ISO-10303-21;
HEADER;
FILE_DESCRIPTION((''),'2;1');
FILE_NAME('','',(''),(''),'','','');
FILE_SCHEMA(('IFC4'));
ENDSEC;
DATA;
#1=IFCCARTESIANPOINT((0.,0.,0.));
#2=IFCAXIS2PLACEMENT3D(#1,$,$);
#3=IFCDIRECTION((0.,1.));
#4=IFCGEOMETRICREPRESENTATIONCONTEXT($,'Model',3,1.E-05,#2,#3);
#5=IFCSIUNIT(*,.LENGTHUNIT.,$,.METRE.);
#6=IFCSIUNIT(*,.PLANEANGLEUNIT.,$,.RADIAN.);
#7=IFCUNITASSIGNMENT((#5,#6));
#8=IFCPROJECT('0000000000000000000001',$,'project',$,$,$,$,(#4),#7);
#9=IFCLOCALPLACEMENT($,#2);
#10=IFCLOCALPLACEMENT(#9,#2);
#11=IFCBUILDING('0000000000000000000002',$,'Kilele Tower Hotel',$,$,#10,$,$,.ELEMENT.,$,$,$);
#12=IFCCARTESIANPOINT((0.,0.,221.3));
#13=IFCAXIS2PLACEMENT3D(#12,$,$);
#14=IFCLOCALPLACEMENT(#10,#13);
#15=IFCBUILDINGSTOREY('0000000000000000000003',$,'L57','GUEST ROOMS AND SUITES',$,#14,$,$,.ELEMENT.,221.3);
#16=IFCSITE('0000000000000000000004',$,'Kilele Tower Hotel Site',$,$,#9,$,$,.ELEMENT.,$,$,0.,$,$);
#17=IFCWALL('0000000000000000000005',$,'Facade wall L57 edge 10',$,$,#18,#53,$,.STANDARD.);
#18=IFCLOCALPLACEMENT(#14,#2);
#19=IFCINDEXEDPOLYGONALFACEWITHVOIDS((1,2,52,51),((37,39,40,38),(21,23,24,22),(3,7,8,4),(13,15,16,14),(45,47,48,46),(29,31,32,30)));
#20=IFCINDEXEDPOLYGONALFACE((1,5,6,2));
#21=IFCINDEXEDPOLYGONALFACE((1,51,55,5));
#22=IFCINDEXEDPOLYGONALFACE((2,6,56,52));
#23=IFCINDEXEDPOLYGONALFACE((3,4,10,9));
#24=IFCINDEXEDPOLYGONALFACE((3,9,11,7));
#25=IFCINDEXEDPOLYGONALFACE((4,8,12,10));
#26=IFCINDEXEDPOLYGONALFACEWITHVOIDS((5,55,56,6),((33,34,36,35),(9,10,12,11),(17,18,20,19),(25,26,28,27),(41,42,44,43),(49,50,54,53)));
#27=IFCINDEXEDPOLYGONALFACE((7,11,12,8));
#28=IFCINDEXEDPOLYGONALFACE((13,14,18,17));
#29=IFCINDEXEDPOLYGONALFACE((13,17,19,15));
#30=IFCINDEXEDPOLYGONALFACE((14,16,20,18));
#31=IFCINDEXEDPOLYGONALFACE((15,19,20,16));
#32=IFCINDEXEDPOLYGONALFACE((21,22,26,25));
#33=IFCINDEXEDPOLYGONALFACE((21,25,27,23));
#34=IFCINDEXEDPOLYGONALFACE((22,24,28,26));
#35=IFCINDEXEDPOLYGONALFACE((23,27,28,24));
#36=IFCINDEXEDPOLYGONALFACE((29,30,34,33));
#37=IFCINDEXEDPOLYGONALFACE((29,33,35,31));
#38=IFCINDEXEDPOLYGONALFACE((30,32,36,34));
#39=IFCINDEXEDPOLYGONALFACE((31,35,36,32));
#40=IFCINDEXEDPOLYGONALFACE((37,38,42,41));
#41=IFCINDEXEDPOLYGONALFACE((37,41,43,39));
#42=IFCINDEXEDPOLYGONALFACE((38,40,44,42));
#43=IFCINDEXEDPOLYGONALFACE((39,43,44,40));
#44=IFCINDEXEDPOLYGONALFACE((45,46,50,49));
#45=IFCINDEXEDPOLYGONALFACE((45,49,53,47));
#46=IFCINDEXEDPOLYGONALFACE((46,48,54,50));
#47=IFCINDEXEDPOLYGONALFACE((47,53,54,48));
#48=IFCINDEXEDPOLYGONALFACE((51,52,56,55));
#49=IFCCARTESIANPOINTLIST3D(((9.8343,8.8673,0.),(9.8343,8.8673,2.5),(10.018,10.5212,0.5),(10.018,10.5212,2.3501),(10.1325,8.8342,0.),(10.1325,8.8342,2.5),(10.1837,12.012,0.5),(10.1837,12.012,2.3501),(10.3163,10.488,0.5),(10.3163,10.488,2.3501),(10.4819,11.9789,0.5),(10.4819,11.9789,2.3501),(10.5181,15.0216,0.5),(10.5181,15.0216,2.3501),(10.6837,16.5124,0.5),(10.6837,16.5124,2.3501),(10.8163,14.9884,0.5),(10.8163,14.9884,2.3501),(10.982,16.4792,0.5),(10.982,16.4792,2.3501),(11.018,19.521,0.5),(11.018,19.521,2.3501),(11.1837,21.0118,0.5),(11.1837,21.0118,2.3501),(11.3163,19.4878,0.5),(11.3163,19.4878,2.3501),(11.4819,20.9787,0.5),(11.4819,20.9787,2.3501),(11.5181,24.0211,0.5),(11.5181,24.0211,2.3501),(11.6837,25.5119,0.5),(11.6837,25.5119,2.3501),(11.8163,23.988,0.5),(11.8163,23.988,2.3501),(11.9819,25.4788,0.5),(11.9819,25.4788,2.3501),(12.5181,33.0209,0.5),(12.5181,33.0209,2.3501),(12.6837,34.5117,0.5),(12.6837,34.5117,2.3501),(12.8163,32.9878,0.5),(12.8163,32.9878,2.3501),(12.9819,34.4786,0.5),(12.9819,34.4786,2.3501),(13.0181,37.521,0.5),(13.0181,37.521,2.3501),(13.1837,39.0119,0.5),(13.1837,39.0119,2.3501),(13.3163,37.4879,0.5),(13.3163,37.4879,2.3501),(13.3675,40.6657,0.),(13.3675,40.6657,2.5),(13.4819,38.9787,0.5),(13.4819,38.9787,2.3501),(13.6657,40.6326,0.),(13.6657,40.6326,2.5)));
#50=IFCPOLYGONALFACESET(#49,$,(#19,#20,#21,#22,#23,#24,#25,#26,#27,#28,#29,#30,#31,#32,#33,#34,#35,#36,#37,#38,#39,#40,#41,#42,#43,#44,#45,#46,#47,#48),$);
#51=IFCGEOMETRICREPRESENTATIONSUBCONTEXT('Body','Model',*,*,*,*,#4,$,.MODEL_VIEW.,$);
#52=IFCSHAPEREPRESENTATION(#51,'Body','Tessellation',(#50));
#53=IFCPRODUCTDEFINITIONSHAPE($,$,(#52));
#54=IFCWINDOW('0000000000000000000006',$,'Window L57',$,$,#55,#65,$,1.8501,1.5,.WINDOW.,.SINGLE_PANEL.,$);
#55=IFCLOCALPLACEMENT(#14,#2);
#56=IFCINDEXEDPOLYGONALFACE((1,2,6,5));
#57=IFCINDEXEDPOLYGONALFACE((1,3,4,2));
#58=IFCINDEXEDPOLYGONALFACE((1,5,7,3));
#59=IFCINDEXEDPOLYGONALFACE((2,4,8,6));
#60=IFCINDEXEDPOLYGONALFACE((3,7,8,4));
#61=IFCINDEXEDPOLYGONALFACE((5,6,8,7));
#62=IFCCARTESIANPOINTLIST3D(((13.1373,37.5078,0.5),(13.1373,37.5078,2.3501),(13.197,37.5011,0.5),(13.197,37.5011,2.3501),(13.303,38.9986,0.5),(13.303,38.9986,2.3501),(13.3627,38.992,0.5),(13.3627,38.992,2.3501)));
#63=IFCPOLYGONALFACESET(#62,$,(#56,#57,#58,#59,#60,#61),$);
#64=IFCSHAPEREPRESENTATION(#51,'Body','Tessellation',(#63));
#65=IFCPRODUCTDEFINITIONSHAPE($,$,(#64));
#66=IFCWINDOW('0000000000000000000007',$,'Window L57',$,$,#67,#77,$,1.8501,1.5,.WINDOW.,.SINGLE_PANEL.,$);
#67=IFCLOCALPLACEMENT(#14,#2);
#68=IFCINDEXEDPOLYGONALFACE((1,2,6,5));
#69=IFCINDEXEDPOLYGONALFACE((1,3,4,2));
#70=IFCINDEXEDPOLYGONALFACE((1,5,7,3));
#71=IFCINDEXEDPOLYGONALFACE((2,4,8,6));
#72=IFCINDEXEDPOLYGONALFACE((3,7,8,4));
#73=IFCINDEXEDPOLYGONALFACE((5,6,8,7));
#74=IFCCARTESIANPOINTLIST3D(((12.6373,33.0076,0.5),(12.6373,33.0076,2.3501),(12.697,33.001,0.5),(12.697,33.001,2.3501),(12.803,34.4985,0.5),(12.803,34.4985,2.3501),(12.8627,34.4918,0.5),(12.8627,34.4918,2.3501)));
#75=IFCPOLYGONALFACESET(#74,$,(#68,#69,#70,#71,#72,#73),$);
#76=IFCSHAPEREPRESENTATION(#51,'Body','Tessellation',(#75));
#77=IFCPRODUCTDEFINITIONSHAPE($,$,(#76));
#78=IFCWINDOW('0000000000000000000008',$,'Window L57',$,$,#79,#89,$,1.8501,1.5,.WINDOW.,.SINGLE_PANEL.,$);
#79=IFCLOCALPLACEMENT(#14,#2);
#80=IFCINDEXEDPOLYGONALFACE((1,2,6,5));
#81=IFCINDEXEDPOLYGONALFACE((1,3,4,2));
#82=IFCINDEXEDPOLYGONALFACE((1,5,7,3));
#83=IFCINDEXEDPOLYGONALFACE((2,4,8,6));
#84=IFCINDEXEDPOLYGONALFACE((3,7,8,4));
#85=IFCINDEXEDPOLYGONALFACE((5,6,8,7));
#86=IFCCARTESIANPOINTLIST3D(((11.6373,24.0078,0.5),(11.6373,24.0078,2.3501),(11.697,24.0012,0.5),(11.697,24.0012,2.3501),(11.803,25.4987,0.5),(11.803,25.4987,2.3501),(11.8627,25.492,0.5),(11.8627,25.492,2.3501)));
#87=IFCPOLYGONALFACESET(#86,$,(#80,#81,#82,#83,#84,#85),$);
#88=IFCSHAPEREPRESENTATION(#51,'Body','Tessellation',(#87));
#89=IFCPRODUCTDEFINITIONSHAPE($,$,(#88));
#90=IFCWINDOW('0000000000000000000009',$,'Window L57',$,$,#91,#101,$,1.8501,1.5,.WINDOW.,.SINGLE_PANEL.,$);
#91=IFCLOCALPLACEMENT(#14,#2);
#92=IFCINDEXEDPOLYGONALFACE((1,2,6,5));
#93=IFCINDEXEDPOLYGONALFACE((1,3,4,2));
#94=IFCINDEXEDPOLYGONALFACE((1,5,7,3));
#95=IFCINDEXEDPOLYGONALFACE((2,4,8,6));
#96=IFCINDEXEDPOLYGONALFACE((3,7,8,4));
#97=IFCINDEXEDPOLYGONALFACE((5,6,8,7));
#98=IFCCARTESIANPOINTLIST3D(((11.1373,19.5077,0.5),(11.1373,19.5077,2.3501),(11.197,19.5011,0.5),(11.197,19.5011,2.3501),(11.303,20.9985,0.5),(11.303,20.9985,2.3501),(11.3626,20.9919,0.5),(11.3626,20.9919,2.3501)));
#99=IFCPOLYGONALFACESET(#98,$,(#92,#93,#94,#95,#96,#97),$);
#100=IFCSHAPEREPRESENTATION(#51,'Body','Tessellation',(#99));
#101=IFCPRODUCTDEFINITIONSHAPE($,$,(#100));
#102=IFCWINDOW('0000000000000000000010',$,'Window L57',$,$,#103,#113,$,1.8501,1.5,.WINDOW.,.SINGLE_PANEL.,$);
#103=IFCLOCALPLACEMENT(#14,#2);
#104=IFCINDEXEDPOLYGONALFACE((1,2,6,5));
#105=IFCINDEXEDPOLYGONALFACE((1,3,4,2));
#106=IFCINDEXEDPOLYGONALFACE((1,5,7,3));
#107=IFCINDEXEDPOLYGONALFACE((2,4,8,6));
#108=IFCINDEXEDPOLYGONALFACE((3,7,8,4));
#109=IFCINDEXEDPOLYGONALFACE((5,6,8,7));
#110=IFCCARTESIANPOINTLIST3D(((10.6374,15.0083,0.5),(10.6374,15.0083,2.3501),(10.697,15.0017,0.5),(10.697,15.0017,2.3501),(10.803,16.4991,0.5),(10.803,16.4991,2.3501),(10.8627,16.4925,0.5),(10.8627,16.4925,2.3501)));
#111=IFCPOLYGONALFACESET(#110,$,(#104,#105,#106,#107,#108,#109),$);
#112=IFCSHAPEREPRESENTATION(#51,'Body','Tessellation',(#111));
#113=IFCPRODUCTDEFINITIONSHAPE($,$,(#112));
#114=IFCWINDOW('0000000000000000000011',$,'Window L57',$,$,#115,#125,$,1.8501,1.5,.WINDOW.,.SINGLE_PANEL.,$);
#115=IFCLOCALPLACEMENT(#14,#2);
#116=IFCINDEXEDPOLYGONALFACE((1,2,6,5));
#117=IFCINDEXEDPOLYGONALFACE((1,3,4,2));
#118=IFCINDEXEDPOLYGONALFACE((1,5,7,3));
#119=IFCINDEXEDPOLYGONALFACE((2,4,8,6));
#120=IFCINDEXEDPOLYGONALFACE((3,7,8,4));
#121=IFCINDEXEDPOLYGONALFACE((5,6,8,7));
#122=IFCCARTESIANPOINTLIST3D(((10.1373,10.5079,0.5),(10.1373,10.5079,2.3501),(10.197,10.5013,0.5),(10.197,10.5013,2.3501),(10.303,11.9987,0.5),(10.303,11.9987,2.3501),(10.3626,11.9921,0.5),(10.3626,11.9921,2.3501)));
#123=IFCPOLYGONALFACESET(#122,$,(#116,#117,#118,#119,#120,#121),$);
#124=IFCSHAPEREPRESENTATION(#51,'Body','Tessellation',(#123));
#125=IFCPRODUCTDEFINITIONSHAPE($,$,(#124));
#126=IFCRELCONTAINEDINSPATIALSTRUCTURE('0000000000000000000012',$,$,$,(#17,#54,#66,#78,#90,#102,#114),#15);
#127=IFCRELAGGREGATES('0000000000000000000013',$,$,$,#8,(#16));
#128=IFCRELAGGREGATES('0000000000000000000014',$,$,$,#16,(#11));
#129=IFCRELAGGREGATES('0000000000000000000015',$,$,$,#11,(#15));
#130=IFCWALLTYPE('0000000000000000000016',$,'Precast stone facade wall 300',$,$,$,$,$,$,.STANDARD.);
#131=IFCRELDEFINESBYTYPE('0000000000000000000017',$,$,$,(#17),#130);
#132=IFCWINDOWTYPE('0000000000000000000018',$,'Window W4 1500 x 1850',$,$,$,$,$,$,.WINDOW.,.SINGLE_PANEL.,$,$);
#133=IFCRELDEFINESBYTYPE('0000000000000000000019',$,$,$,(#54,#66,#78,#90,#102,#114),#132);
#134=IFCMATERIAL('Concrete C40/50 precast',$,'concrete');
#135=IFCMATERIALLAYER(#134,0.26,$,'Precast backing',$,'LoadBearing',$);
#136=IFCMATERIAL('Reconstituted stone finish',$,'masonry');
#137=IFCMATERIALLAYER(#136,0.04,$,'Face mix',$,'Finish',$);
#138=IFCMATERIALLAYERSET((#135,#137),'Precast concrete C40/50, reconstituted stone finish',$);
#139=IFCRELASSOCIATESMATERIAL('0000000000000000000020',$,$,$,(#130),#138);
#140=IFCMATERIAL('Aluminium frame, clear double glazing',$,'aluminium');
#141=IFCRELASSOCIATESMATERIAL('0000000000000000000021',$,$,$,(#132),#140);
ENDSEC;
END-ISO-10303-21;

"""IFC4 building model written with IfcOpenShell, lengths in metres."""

from ifc_helpers import new_model, si_unit, direction, frame, frame_2d, origin, place, context, subcontext, project, spatial, rectangle, extrude, material, layer, layer_set, type_object, element, fill, save


model = new_model("IFC4")

# Units and contexts
model_context = context("Model", 3, precision=1e-05, world=origin(), true_north=direction((0.0, 1.0)))
body_context = subcontext(model_context, "Body", "Model", "MODEL_VIEW")
ifc_project = project(units=[si_unit("LENGTHUNIT", "METRE"), si_unit("PLANEANGLEUNIT", "RADIAN")], contexts=[model_context])

# Site, building, storey
site_placement = place(None, origin())
site = spatial("IfcSite", under=ifc_project, at=site_placement, Name="Kilele Tower Hotel Site", CompositionType="ELEMENT", RefElevation=0.0)
building_placement = place(site_placement, origin())
building = spatial("IfcBuilding", under=site, at=building_placement, Name="Kilele Tower Hotel", CompositionType="ELEMENT")
storey_placement = place(building_placement, frame((0.0, 0.0, 221.3)))
storey = spatial("IfcBuildingStorey", under=building, at=storey_placement, Name="L57", Description="GUEST ROOMS AND SUITES", CompositionType="ELEMENT", Elevation=221.3)

# Wall, openings, windows
ifc_material_1 = material(Name="Concrete C40/50 precast", Category="concrete")
ifc_layer_1 = layer(ifc_material_1, 0.26, Name="Precast backing", Category="LoadBearing")
ifc_material_2 = material(Name="Reconstituted stone finish", Category="masonry")
ifc_layer_2 = layer(ifc_material_2, 0.04, Name="Face mix", Category="Finish")
ifc_layer_set_1 = layer_set([ifc_layer_1, ifc_layer_2], Name="Precast concrete C40/50, reconstituted stone finish")
wall_type_1 = type_object("IfcWallType", Name="Precast stone facade wall 300", PredefinedType="STANDARD", material=ifc_layer_set_1)
wall_1_placement = place(storey_placement, frame((13.5166, 40.6492, 0.0), z_axis=(0.0, 0.0, 1.0), x_axis=(-0.110433, -0.993884, 0.0)))
wall_1 = element("IfcWall", 1, at=wall_1_placement, inside=storey, type_object=wall_type_1, Name="Facade wall L57 edge 10", PredefinedType="STANDARD", context=body_context, shape_type="SweptSolid", body=[
    extrude(rectangle(XDim=31.9941, YDim=0.3, at=frame_2d((15.9971, 0.0))), origin(), (0.0, 0.0, 1.0), 2.5),
])
opening_1_placement = place(wall_1_placement, frame((1.6641, 0.0, 0.5)))
opening_1 = element("IfcOpeningElement", 2, at=opening_1_placement, cuts=wall_1, PredefinedType="OPENING", context=body_context, shape_type="SweptSolid", body=[
    extrude(rectangle(XDim=1.5, YDim=1.8501, at=frame_2d((0.75, 0.925))), frame((0.0, 0.1599, 0.0), z_axis=(0.0, -1.0, 0.0), x_axis=(1.0, 0.0, 0.0)), (0.0, 0.0, 1.0), 0.3201),
])
opening_2_placement = place(wall_1_placement, frame((6.1919, 0.0, 0.5)))
opening_2 = element("IfcOpeningElement", 3, at=opening_2_placement, cuts=wall_1, PredefinedType="OPENING", context=body_context, shape_type="SweptSolid", body=[
    extrude(rectangle(XDim=1.5, YDim=1.8501, at=frame_2d((0.75, 0.925))), frame((0.0, 0.1599, 0.0), z_axis=(0.0, -1.0, 0.0), x_axis=(1.0, 0.0, 0.0)), (0.0, 0.0, 1.0), 0.3201),
])
opening_3_placement = place(wall_1_placement, frame((15.2471, 0.0, 0.5)))
opening_3 = element("IfcOpeningElement", 4, at=opening_3_placement, cuts=wall_1, PredefinedType="OPENING", context=body_context, shape_type="SweptSolid", body=[
    extrude(rectangle(XDim=1.5, YDim=1.8501, at=frame_2d((0.75, 0.925))), frame((0.0, 0.1599, 0.0), z_axis=(0.0, -1.0, 0.0), x_axis=(1.0, 0.0, 0.0)), (0.0, 0.0, 1.0), 0.3201),
])
opening_4_placement = place(wall_1_placement, frame((19.7749, 0.0, 0.5)))
opening_4 = element("IfcOpeningElement", 5, at=opening_4_placement, cuts=wall_1, PredefinedType="OPENING", context=body_context, shape_type="SweptSolid", body=[
    extrude(rectangle(XDim=1.5, YDim=1.8501, at=frame_2d((0.75, 0.925))), frame((0.0, 0.1599, 0.0), z_axis=(0.0, -1.0, 0.0), x_axis=(1.0, 0.0, 0.0)), (0.0, 0.0, 1.0), 0.3201),
])
opening_5_placement = place(wall_1_placement, frame((24.302, 0.0, 0.5)))
opening_5 = element("IfcOpeningElement", 6, at=opening_5_placement, cuts=wall_1, PredefinedType="OPENING", context=body_context, shape_type="SweptSolid", body=[
    extrude(rectangle(XDim=1.5, YDim=1.8501, at=frame_2d((0.75, 0.925))), frame((0.0, 0.1599, 0.0), z_axis=(0.0, -1.0, 0.0), x_axis=(1.0, 0.0, 0.0)), (0.0, 0.0, 1.0), 0.3201),
])
opening_6_placement = place(wall_1_placement, frame((28.8301, 0.0, 0.5)))
opening_6 = element("IfcOpeningElement", 7, at=opening_6_placement, cuts=wall_1, PredefinedType="OPENING", context=body_context, shape_type="SweptSolid", body=[
    extrude(rectangle(XDim=1.5, YDim=1.8501, at=frame_2d((0.75, 0.925))), frame((0.0, 0.1599, 0.0), z_axis=(0.0, -1.0, 0.0), x_axis=(1.0, 0.0, 0.0)), (0.0, 0.0, 1.0), 0.3201),
])
ifc_material_3 = material(Name="Aluminium frame, clear double glazing", Category="aluminium")
window_type = type_object("IfcWindowType", Name="Window W4 1500 x 1850", PartitioningType="SINGLE_PANEL", PredefinedType="WINDOW", material=ifc_material_3)
window_1_placement = place(opening_1_placement, origin())
window_1 = element("IfcWindow", 8, at=window_1_placement, inside=storey, type_object=window_type, Name="Window L57", OverallHeight=1.8501, OverallWidth=1.5, PartitioningType="SINGLE_PANEL", PredefinedType="WINDOW", context=body_context, shape_type="SweptSolid", body=[
    extrude(rectangle(XDim=1.5, YDim=1.8501, at=frame_2d((0.75, 0.925))), frame((0.0, 0.03, 0.0), z_axis=(0.0, -1.0, 0.0), x_axis=(1.0, 0.0, 0.0)), (0.0, 0.0, 1.0), 0.0601),
])
fill(opening_1, window_1)
window_2_placement = place(opening_2_placement, origin())
window_2 = element("IfcWindow", 9, at=window_2_placement, inside=storey, type_object=window_type, Name="Window L57", OverallHeight=1.8501, OverallWidth=1.5, PartitioningType="SINGLE_PANEL", PredefinedType="WINDOW", context=body_context, shape_type="SweptSolid", body=[
    extrude(rectangle(XDim=1.5, YDim=1.8501, at=frame_2d((0.75, 0.925))), frame((0.0, 0.03, 0.0), z_axis=(0.0, -1.0, 0.0), x_axis=(1.0, 0.0, 0.0)), (0.0, 0.0, 1.0), 0.0601),
])
fill(opening_2, window_2)
window_3_placement = place(opening_3_placement, origin())
window_3 = element("IfcWindow", 10, at=window_3_placement, inside=storey, type_object=window_type, Name="Window L57", OverallHeight=1.8501, OverallWidth=1.5, PartitioningType="SINGLE_PANEL", PredefinedType="WINDOW", context=body_context, shape_type="SweptSolid", body=[
    extrude(rectangle(XDim=1.5, YDim=1.8501, at=frame_2d((0.75, 0.925))), frame((0.0, 0.03, 0.0), z_axis=(0.0, -1.0, 0.0), x_axis=(1.0, 0.0, 0.0)), (0.0, 0.0, 1.0), 0.0601),
])
fill(opening_3, window_3)
window_4_placement = place(opening_4_placement, origin())
window_4 = element("IfcWindow", 11, at=window_4_placement, inside=storey, type_object=window_type, Name="Window L57", OverallHeight=1.8501, OverallWidth=1.5, PartitioningType="SINGLE_PANEL", PredefinedType="WINDOW", context=body_context, shape_type="SweptSolid", body=[
    extrude(rectangle(XDim=1.5, YDim=1.8501, at=frame_2d((0.75, 0.925))), frame((0.0, 0.03, 0.0), z_axis=(0.0, -1.0, 0.0), x_axis=(1.0, 0.0, 0.0)), (0.0, 0.0, 1.0), 0.0601),
])
fill(opening_4, window_4)
window_5_placement = place(opening_5_placement, origin())
window_5 = element("IfcWindow", 12, at=window_5_placement, inside=storey, type_object=window_type, Name="Window L57", OverallHeight=1.8501, OverallWidth=1.5, PartitioningType="SINGLE_PANEL", PredefinedType="WINDOW", context=body_context, shape_type="SweptSolid", body=[
    extrude(rectangle(XDim=1.5, YDim=1.8501, at=frame_2d((0.75, 0.925))), frame((0.0, 0.03, 0.0), z_axis=(0.0, -1.0, 0.0), x_axis=(1.0, 0.0, 0.0)), (0.0, 0.0, 1.0), 0.0601),
])
fill(opening_5, window_5)
window_6_placement = place(opening_6_placement, origin())
window_6 = element("IfcWindow", 13, at=window_6_placement, inside=storey, type_object=window_type, Name="Window L57", OverallHeight=1.8501, OverallWidth=1.5, PartitioningType="SINGLE_PANEL", PredefinedType="WINDOW", context=body_context, shape_type="SweptSolid", body=[
    extrude(rectangle(XDim=1.5, YDim=1.8501, at=frame_2d((0.75, 0.925))), frame((0.0, 0.03, 0.0), z_axis=(0.0, -1.0, 0.0), x_axis=(1.0, 0.0, 0.0)), (0.0, 0.0, 1.0), 0.0601),
])
fill(opening_6, window_6)

save(model, "model.ifc")
